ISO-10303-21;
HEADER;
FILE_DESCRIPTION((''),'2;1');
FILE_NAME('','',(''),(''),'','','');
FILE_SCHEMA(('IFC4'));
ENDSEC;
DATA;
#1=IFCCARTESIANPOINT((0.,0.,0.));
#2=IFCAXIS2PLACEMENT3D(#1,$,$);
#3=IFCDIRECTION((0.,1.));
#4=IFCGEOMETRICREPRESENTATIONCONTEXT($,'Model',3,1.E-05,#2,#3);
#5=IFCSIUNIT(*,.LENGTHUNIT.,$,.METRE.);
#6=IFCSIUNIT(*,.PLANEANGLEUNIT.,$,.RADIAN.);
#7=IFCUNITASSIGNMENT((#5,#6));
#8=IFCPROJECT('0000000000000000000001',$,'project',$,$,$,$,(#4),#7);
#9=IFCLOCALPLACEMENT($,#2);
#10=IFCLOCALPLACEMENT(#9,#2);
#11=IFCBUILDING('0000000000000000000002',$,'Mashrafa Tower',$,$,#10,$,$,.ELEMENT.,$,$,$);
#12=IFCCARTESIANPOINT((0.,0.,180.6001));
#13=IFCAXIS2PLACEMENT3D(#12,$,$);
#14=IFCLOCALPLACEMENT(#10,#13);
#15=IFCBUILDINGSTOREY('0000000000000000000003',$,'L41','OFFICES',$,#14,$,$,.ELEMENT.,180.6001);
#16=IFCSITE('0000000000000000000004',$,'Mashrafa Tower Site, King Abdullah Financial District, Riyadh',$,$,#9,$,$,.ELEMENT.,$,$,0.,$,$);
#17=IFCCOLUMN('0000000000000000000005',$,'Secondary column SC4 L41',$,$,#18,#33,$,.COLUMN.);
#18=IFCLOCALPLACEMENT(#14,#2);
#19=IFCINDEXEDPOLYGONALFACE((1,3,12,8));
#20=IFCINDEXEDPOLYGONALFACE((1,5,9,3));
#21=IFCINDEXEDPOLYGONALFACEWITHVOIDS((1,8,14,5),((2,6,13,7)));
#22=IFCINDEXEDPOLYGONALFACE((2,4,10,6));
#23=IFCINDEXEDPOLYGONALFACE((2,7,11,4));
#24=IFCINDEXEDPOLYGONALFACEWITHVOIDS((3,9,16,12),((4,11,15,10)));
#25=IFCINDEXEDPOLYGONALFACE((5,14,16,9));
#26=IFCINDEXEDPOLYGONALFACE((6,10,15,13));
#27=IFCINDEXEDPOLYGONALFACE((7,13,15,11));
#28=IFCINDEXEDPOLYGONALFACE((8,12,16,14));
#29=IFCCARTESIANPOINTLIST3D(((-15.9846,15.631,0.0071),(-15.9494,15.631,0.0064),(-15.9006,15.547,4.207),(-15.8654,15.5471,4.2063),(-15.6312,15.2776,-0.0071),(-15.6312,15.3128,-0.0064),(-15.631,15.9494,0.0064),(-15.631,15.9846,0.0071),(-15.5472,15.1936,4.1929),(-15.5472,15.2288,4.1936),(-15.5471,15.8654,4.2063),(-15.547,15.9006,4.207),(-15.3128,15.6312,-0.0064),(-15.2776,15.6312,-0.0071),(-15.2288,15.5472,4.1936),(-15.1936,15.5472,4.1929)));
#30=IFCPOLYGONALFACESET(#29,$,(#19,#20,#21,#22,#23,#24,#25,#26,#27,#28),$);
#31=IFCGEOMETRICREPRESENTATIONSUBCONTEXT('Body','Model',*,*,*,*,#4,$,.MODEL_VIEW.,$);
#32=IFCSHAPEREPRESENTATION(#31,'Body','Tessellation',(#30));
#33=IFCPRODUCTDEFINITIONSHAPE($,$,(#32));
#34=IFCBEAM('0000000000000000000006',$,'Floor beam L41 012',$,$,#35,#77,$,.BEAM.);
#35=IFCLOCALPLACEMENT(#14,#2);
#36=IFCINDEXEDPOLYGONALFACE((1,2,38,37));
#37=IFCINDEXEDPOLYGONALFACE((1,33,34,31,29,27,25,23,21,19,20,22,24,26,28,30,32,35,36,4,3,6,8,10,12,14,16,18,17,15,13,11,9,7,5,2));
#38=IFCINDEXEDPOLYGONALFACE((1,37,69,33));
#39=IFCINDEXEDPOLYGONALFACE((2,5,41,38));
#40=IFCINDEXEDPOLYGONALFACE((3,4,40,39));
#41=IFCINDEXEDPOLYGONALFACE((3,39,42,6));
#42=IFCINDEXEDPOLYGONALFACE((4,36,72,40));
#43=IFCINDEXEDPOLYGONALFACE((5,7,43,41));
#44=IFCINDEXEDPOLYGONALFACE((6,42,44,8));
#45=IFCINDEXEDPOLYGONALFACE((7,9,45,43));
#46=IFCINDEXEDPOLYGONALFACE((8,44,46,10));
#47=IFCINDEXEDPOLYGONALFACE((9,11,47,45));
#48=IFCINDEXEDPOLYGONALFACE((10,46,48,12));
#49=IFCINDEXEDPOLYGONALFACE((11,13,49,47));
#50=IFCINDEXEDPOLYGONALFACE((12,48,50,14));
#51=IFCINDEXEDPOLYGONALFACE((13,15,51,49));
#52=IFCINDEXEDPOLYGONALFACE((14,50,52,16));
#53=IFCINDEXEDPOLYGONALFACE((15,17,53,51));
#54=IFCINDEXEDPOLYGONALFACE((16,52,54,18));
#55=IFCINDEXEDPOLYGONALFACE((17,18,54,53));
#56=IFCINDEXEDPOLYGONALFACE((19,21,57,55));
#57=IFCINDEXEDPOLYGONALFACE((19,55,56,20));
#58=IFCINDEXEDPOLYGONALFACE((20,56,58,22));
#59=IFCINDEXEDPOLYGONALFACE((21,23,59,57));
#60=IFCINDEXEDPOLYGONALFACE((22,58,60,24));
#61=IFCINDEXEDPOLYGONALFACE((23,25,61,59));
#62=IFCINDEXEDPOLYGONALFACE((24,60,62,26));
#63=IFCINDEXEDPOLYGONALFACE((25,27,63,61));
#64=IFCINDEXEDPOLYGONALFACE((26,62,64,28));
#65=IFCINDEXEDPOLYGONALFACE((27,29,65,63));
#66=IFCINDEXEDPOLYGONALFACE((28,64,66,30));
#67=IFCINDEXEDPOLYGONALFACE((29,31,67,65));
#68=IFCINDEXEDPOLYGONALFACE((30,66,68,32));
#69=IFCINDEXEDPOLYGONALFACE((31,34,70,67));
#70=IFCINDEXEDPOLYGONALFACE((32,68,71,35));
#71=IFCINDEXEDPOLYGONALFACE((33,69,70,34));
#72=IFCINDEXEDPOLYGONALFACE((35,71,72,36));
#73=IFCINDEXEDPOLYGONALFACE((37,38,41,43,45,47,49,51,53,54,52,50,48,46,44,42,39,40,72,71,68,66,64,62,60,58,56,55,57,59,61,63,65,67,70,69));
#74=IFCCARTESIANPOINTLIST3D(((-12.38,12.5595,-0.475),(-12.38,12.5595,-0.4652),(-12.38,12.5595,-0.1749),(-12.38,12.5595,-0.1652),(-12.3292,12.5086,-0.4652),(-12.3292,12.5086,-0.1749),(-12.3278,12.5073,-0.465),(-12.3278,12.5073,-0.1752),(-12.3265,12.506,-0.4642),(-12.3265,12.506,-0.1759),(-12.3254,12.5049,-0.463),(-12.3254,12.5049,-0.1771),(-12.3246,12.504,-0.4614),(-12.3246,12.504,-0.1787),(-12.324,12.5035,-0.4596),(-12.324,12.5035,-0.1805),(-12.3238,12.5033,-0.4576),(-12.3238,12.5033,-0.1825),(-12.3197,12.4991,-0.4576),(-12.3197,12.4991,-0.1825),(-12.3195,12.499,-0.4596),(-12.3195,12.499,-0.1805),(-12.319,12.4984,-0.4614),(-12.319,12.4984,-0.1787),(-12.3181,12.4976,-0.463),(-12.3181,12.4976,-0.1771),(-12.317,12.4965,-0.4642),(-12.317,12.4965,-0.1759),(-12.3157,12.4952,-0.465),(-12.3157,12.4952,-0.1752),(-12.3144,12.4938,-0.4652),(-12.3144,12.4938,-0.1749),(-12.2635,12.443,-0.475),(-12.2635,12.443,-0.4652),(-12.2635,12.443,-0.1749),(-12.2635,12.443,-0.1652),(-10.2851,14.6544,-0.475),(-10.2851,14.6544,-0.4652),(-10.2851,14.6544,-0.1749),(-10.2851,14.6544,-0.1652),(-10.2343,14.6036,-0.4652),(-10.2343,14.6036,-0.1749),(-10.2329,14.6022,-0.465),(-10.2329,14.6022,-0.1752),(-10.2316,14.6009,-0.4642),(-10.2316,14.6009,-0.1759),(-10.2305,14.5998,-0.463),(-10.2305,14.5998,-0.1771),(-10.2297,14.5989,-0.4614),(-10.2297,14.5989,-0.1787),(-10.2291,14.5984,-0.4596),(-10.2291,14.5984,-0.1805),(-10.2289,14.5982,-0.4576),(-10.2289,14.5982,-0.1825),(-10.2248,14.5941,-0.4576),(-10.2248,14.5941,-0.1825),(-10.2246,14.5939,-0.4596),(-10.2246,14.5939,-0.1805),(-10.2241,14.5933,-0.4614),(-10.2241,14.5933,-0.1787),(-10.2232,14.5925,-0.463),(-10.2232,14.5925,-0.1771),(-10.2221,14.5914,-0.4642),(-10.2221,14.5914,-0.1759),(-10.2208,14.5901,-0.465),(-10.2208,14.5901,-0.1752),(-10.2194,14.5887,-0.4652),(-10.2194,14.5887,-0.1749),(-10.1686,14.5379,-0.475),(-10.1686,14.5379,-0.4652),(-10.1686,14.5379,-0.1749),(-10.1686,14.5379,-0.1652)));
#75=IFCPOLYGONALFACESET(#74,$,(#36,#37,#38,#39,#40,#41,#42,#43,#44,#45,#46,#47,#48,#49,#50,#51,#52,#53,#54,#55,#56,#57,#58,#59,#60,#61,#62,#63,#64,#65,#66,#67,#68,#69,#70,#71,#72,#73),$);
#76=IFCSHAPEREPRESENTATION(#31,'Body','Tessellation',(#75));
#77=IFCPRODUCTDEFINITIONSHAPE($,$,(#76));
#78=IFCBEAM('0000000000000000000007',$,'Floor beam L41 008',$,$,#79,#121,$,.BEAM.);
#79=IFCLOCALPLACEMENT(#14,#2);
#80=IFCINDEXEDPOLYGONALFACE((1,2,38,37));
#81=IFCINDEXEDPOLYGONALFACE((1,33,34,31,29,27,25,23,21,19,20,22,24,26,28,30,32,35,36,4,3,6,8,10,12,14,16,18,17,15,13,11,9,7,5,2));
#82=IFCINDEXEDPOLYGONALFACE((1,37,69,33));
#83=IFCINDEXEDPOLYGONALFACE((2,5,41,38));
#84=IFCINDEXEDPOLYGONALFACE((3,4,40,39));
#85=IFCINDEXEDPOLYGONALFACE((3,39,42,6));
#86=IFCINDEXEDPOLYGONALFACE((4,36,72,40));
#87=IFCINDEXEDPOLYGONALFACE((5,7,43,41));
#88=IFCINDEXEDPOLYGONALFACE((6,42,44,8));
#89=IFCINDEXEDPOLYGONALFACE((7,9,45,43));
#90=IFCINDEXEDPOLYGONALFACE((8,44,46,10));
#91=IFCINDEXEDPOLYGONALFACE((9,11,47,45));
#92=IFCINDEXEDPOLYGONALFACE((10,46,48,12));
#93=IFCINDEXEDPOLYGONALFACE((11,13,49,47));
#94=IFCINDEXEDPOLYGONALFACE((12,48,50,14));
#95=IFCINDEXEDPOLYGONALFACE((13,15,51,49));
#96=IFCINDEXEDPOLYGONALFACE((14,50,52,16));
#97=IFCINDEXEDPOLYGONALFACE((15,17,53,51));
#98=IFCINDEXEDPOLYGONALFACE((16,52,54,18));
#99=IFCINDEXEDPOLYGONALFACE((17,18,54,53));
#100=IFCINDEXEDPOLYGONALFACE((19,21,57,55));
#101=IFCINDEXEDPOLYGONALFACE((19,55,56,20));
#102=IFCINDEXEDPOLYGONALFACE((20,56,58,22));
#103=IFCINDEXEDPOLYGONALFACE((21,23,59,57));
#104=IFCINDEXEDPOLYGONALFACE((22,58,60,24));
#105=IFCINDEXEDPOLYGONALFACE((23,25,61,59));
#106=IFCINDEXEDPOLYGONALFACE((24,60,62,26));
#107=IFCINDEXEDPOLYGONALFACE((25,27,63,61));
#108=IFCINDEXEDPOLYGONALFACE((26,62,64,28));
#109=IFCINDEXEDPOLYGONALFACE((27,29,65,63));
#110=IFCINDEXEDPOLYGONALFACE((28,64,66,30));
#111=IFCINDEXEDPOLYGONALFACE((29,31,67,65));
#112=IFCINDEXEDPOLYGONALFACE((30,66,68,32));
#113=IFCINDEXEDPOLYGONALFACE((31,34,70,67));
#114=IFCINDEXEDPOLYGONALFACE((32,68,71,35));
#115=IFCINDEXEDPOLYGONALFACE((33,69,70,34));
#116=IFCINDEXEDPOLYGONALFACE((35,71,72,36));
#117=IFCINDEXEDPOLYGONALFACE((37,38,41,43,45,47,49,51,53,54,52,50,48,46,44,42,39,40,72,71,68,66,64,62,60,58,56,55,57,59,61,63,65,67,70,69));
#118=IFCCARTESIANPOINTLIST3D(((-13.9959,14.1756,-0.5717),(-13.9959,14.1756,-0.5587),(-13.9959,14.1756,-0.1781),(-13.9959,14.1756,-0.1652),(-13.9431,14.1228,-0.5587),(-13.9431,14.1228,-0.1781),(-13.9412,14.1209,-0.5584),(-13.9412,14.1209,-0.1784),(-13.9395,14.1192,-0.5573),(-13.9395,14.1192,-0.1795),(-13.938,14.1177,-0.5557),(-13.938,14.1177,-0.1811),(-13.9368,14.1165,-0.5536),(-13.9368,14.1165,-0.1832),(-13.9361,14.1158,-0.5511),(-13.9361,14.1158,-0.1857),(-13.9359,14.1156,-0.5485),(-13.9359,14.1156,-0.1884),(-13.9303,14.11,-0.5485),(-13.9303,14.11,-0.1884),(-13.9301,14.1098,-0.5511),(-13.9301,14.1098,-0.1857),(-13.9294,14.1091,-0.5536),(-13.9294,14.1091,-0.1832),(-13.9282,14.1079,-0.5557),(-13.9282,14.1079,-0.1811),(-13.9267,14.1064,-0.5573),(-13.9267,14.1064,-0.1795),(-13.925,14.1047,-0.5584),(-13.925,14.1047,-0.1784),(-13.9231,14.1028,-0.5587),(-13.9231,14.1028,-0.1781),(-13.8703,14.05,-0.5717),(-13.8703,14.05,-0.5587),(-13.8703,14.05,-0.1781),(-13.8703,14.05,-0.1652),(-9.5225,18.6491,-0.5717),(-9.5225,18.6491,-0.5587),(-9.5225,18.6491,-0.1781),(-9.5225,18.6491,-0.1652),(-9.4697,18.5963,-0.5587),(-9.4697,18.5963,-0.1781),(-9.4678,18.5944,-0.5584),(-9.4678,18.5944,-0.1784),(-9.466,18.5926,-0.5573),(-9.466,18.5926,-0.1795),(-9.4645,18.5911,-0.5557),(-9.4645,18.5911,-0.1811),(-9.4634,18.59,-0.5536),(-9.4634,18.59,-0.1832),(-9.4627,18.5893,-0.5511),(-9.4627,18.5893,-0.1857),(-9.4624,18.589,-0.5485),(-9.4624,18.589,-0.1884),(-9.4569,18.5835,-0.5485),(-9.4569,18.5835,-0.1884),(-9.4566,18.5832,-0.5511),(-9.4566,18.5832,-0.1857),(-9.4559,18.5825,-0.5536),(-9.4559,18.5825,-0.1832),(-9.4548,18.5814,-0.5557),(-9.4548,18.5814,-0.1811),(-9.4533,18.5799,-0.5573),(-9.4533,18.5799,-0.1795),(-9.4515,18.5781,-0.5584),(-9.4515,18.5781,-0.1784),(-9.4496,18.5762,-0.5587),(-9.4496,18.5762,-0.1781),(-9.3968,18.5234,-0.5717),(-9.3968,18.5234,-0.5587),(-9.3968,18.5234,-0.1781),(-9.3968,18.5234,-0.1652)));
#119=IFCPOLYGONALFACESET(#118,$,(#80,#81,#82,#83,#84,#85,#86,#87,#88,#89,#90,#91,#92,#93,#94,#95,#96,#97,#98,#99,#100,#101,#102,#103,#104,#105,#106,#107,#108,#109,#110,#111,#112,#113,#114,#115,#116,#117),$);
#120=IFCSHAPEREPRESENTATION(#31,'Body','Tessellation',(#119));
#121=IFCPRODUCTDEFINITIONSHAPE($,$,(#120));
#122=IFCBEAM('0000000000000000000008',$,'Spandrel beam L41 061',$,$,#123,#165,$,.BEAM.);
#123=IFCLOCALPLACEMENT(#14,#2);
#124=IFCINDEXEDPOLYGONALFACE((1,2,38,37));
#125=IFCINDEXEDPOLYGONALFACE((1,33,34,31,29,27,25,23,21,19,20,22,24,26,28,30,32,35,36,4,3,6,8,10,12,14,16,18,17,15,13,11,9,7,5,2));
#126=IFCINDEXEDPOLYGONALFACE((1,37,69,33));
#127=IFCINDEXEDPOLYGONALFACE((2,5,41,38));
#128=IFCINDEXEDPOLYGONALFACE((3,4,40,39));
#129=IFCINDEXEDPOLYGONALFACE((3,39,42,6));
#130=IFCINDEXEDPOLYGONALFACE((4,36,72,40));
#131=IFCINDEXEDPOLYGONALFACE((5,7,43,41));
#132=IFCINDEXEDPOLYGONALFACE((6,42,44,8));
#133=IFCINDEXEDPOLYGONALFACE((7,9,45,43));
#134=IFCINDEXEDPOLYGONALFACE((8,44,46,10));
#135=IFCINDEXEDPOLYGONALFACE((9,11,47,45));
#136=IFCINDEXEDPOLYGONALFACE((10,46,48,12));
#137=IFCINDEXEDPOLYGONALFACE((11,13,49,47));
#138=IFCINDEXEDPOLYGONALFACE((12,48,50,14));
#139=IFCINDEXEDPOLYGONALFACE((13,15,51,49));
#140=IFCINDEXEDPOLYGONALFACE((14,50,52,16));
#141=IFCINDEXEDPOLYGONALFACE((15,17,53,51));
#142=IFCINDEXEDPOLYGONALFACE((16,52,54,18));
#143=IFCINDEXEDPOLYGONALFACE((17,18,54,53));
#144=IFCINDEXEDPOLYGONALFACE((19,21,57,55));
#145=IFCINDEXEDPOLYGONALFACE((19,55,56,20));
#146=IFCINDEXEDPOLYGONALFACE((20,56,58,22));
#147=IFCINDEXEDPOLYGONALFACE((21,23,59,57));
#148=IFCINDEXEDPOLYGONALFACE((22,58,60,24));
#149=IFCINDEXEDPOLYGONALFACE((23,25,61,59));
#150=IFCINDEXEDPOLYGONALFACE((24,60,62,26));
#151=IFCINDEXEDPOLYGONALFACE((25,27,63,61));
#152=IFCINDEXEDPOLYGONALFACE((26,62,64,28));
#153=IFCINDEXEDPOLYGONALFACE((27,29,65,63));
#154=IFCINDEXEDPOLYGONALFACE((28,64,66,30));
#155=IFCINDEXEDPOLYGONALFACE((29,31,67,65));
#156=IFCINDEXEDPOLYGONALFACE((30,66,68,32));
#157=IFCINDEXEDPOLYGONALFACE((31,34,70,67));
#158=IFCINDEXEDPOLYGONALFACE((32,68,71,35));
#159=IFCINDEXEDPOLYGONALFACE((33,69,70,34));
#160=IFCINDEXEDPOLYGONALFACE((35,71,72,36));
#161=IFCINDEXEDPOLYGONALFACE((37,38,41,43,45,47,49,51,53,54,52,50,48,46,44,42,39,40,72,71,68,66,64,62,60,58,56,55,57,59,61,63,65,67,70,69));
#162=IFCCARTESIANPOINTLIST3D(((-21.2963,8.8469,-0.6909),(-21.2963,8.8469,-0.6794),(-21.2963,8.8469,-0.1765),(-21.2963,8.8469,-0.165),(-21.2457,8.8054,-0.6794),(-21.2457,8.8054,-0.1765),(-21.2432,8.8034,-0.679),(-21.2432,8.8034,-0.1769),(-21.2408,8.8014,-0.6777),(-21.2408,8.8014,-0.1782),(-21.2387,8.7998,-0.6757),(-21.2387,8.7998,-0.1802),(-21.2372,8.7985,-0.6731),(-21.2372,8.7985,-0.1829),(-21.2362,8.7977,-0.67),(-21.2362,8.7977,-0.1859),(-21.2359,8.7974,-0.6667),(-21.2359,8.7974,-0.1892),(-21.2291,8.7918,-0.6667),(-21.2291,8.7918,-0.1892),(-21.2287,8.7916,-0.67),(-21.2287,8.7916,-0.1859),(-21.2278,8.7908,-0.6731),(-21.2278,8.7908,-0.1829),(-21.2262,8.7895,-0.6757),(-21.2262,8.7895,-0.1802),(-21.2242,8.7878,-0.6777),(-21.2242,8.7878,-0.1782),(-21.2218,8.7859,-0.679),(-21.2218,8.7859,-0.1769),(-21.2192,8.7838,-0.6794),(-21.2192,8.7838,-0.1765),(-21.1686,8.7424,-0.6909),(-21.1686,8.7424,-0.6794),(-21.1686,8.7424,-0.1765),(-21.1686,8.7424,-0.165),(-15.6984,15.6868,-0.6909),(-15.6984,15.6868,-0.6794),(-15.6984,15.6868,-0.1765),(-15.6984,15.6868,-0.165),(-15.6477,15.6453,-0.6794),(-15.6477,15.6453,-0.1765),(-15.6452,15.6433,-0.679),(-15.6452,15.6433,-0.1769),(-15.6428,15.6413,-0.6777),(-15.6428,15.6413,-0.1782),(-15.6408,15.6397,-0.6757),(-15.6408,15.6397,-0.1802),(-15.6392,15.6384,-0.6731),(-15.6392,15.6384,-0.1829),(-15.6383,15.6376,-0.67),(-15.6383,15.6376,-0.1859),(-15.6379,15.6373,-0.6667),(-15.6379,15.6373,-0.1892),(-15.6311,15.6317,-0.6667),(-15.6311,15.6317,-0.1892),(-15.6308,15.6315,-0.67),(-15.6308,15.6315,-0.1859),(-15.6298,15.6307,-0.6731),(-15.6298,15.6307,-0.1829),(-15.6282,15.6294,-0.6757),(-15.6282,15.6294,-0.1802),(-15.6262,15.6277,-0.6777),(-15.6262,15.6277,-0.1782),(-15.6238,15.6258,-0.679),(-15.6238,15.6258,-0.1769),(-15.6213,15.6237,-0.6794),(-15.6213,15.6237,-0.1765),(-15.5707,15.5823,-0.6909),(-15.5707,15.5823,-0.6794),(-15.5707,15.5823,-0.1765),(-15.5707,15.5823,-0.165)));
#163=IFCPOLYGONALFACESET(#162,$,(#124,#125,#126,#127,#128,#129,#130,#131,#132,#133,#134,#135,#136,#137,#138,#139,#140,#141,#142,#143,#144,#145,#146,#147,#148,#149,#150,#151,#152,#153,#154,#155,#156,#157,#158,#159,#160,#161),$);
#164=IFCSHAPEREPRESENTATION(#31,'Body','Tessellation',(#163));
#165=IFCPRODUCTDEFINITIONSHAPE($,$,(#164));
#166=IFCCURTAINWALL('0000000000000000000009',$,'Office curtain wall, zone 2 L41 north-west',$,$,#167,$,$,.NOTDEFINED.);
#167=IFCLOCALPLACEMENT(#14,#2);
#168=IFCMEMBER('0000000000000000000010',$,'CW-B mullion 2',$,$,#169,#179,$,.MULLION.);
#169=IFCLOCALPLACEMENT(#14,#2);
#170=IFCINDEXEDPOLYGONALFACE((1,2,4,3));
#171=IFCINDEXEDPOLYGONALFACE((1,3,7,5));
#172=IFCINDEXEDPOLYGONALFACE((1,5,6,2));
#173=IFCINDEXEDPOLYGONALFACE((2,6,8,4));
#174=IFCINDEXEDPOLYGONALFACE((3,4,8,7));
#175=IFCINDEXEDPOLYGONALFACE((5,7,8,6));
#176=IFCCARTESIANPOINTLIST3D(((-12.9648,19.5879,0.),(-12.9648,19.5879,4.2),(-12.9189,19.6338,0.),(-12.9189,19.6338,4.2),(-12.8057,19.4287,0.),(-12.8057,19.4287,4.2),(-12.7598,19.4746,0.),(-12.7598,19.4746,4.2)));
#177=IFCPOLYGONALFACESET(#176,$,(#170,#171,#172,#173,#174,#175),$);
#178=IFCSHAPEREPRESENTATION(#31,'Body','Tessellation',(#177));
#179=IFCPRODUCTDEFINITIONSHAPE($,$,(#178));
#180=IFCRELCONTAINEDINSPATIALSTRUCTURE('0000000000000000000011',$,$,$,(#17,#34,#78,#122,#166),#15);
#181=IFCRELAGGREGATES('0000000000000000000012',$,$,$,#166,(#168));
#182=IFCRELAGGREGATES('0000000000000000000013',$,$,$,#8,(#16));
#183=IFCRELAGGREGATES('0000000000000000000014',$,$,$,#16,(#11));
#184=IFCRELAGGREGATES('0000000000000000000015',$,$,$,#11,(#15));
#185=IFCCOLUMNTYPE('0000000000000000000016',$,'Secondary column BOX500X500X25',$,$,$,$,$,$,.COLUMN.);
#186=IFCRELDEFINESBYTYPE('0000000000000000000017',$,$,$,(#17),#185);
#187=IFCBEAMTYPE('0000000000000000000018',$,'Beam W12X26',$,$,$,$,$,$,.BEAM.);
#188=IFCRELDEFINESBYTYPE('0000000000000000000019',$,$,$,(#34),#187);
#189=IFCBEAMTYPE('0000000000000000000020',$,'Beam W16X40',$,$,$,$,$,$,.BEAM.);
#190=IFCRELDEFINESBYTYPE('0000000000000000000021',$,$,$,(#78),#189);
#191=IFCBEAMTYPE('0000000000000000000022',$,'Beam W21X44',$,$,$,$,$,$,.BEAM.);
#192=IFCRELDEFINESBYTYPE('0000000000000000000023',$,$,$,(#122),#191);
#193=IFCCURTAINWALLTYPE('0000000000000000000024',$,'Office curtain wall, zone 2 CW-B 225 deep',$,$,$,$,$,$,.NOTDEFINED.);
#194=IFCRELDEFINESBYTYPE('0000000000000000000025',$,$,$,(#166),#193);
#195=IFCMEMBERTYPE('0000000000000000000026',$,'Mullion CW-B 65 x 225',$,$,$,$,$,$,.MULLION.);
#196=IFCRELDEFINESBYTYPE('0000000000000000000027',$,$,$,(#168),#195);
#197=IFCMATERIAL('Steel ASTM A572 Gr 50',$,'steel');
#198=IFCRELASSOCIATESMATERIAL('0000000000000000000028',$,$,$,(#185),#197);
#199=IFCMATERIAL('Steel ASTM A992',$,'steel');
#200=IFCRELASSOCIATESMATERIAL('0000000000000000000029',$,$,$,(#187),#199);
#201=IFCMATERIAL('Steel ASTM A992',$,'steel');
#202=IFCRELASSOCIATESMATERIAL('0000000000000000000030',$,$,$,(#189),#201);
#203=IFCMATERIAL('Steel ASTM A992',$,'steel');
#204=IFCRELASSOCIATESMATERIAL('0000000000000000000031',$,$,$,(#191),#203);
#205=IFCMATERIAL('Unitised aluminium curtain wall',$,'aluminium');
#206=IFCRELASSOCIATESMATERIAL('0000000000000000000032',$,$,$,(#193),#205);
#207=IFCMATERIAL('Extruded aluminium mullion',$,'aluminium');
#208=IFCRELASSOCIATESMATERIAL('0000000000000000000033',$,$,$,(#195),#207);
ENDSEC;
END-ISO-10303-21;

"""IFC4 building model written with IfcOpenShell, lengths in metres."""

from ifc_helpers import new_model, si_unit, direction, frame, origin, origin_2d, place, context, subcontext, project, spatial, rectangle, hollow_rectangle, i_section, extrude, source, transform, mapped, material, material_profile, profile_set, type_object, type_shapes, element, aggregate, save


model = new_model("IFC4")

# Units and contexts
model_context = context("Model", 3, precision=1e-05, world=origin(), true_north=direction((0.0, 1.0)))
body_context = subcontext(model_context, "Body", "Model", "MODEL_VIEW")
ifc_project = project(units=[si_unit("LENGTHUNIT", "METRE"), si_unit("PLANEANGLEUNIT", "RADIAN")], contexts=[model_context])

# Site, building, storey
site_placement = place(None, origin())
site = spatial("IfcSite", under=ifc_project, at=site_placement, Name="Mashrafa Tower Site, King Abdullah Financial District, Riyadh", CompositionType="ELEMENT", RefElevation=0.0)
building_placement = place(site_placement, origin())
building = spatial("IfcBuilding", under=site, at=building_placement, Name="Mashrafa Tower", CompositionType="ELEMENT")
storey_placement = place(building_placement, frame((0.0, 0.0, 180.6001)))
storey = spatial("IfcBuildingStorey", under=building, at=storey_placement, Name="L41", Description="OFFICES", CompositionType="ELEMENT", Elevation=180.6001)

# Column
ifc_material_1 = material(Name="Steel ASTM A572 Gr 50", Category="steel")
ifc_material_profile_1 = material_profile(ifc_material_1, hollow_rectangle(XDim=0.5, YDim=0.5, WallThickness=0.0249, at=origin_2d()), Name="BOX500X500X25")
ifc_profile_set_1 = profile_set([ifc_material_profile_1], Name="Steel ASTM A572 Gr 50")
column_type = type_object("IfcColumnType", Name="Secondary column BOX500X500X25", PredefinedType="COLUMN", material=ifc_profile_set_1)
column_placement = place(storey_placement, frame((-15.6311, 15.6311, 0.0), z_axis=(0.019989, -0.019989, 0.9996), x_axis=(0.707107, 0.707107, 0.0)))
element("IfcColumn", 1, at=column_placement, inside=storey, type_object=column_type, Name="Secondary column SC4 L41", PredefinedType="COLUMN", context=body_context, shape_type="SweptSolid", body=[
    extrude(hollow_rectangle(XDim=0.5, YDim=0.5, WallThickness=0.0249, at=origin_2d()), origin(), (0.0, 0.0, 1.0), 4.2017),
])

# Beams
ifc_material_2 = material(Name="Steel ASTM A992", Category="steel")
ifc_material_profile_2 = material_profile(ifc_material_2, i_section(OverallWidth=0.1648, OverallDepth=0.3098, WebThickness=0.0059, FlangeThickness=0.0098, FilletRadius=0.0076, at=origin_2d()), Name="W12X26")
ifc_profile_set_2 = profile_set([ifc_material_profile_2], Name="Steel ASTM A992")
beam_type_1 = type_object("IfcBeamType", Name="Beam W12X26", PredefinedType="BEAM", material=ifc_profile_set_2)
beam_1_placement = place(storey_placement, frame((-12.3218, 12.5012, -0.3201), z_axis=(0.707107, 0.707107, 0.0), x_axis=(-0.707107, 0.707107, 0.0)))
element("IfcBeam", 2, at=beam_1_placement, inside=storey, type_object=beam_type_1, Name="Floor beam L41 012", PredefinedType="BEAM", context=body_context, shape_type="SweptSolid", body=[
    extrude(i_section(OverallWidth=0.1648, OverallDepth=0.3098, WebThickness=0.0059, FlangeThickness=0.0098, FilletRadius=0.0076, at=origin_2d()), origin(), (0.0, 0.0, 1.0), 2.9626),
])
ifc_material_3 = material(Name="Steel ASTM A992", Category="steel")
ifc_material_profile_3 = material_profile(ifc_material_3, i_section(OverallWidth=0.1777, OverallDepth=0.4065, WebThickness=0.0078, FlangeThickness=0.0129, FilletRadius=0.0103, at=origin_2d()), Name="W16X40")
ifc_profile_set_3 = profile_set([ifc_material_profile_3], Name="Steel ASTM A992")
beam_type_2 = type_object("IfcBeamType", Name="Beam W16X40", PredefinedType="BEAM", material=ifc_profile_set_3)
beam_2_placement = place(storey_placement, frame((-13.9331, 14.1128, -0.3684), z_axis=(0.707107, 0.707107, 0.0), x_axis=(-0.707107, 0.707107, 0.0)))
element("IfcBeam", 3, at=beam_2_placement, inside=storey, type_object=beam_type_2, Name="Floor beam L41 008", PredefinedType="BEAM", context=body_context, shape_type="SweptSolid", body=[
    extrude(i_section(OverallWidth=0.1777, OverallDepth=0.4065, WebThickness=0.0078, FlangeThickness=0.0129, FilletRadius=0.0103, at=origin_2d()), origin(), (0.0, 0.0, 1.0), 6.3264),
])
ifc_material_4 = material(Name="Steel ASTM A992", Category="steel")
ifc_material_profile_4 = material_profile(ifc_material_4, i_section(OverallWidth=0.165, OverallDepth=0.5259, WebThickness=0.0088, FlangeThickness=0.0115, FilletRadius=0.0127, at=origin_2d()), Name="W21X44")
ifc_profile_set_4 = profile_set([ifc_material_profile_4], Name="Steel ASTM A992")
beam_type_3 = type_object("IfcBeamType", Name="Beam W21X44", PredefinedType="BEAM", material=ifc_profile_set_4)
beam_3_placement = place(storey_placement, frame((-15.6345, 15.6345, -0.428), z_axis=(-0.633351, -0.773865, 0.0), x_axis=(0.773865, -0.633351, 0.0)))
element("IfcBeam", 4, at=beam_3_placement, inside=storey, type_object=beam_type_3, Name="Spandrel beam L41 061", PredefinedType="BEAM", context=body_context, shape_type="SweptSolid", body=[
    extrude(i_section(OverallWidth=0.165, OverallDepth=0.5259, WebThickness=0.0088, FlangeThickness=0.0115, FilletRadius=0.0127, at=origin_2d()), origin(), (0.0, 0.0, 1.0), 8.8386),
])

# Curtain wall, member
ifc_material_5 = material(Name="Unitised aluminium curtain wall", Category="aluminium")
curtain_wall_type = type_object("IfcCurtainWallType", Name="Office curtain wall, zone 2 CW-B 225 deep", PredefinedType="NOTDEFINED", material=ifc_material_5)
curtain_wall_placement = place(storey_placement, origin())
curtain_wall = element("IfcCurtainWall", 5, at=curtain_wall_placement, inside=storey, type_object=curtain_wall_type, Name="Office curtain wall, zone 2 L41 north-west", PredefinedType="NOTDEFINED")
ifc_material_6 = material(Name="Extruded aluminium mullion", Category="aluminium")
ifc_material_profile_5 = material_profile(ifc_material_6, rectangle(XDim=0.2251, YDim=0.0649, at=origin_2d()), Name="Mullion 65x225")
ifc_profile_set_5 = profile_set([ifc_material_profile_5], Name="Extruded aluminium mullion")
member_type_1 = type_object("IfcMemberType", Name="Mullion CW-B 65 x 225", PredefinedType="MULLION", material=ifc_profile_set_5)
shared_shape_1 = source(origin(), body_context, "Body", "SweptSolid", [
    extrude(rectangle(XDim=0.2251, YDim=0.0649, at=origin_2d()), origin(), (0.0, 0.0, 1.0), 4.2),
])
type_shapes(member_type_1, [shared_shape_1])
member_1_placement = place(storey_placement, frame((-12.8623, 19.5312, 0.0), z_axis=(0.0, 0.0, 1.0), x_axis=(0.707107, -0.707107, 0.0)))
member_1 = element("IfcMember", 6, at=member_1_placement, type_object=member_type_1, Name="CW-B mullion 2", PredefinedType="MULLION", context=body_context, shape_type="MappedRepresentation", body=[
    mapped(shared_shape_1, transform((0.0, 0.0, 0.0))),
])
aggregate(curtain_wall, [member_1])

save(model, "model.ifc")
